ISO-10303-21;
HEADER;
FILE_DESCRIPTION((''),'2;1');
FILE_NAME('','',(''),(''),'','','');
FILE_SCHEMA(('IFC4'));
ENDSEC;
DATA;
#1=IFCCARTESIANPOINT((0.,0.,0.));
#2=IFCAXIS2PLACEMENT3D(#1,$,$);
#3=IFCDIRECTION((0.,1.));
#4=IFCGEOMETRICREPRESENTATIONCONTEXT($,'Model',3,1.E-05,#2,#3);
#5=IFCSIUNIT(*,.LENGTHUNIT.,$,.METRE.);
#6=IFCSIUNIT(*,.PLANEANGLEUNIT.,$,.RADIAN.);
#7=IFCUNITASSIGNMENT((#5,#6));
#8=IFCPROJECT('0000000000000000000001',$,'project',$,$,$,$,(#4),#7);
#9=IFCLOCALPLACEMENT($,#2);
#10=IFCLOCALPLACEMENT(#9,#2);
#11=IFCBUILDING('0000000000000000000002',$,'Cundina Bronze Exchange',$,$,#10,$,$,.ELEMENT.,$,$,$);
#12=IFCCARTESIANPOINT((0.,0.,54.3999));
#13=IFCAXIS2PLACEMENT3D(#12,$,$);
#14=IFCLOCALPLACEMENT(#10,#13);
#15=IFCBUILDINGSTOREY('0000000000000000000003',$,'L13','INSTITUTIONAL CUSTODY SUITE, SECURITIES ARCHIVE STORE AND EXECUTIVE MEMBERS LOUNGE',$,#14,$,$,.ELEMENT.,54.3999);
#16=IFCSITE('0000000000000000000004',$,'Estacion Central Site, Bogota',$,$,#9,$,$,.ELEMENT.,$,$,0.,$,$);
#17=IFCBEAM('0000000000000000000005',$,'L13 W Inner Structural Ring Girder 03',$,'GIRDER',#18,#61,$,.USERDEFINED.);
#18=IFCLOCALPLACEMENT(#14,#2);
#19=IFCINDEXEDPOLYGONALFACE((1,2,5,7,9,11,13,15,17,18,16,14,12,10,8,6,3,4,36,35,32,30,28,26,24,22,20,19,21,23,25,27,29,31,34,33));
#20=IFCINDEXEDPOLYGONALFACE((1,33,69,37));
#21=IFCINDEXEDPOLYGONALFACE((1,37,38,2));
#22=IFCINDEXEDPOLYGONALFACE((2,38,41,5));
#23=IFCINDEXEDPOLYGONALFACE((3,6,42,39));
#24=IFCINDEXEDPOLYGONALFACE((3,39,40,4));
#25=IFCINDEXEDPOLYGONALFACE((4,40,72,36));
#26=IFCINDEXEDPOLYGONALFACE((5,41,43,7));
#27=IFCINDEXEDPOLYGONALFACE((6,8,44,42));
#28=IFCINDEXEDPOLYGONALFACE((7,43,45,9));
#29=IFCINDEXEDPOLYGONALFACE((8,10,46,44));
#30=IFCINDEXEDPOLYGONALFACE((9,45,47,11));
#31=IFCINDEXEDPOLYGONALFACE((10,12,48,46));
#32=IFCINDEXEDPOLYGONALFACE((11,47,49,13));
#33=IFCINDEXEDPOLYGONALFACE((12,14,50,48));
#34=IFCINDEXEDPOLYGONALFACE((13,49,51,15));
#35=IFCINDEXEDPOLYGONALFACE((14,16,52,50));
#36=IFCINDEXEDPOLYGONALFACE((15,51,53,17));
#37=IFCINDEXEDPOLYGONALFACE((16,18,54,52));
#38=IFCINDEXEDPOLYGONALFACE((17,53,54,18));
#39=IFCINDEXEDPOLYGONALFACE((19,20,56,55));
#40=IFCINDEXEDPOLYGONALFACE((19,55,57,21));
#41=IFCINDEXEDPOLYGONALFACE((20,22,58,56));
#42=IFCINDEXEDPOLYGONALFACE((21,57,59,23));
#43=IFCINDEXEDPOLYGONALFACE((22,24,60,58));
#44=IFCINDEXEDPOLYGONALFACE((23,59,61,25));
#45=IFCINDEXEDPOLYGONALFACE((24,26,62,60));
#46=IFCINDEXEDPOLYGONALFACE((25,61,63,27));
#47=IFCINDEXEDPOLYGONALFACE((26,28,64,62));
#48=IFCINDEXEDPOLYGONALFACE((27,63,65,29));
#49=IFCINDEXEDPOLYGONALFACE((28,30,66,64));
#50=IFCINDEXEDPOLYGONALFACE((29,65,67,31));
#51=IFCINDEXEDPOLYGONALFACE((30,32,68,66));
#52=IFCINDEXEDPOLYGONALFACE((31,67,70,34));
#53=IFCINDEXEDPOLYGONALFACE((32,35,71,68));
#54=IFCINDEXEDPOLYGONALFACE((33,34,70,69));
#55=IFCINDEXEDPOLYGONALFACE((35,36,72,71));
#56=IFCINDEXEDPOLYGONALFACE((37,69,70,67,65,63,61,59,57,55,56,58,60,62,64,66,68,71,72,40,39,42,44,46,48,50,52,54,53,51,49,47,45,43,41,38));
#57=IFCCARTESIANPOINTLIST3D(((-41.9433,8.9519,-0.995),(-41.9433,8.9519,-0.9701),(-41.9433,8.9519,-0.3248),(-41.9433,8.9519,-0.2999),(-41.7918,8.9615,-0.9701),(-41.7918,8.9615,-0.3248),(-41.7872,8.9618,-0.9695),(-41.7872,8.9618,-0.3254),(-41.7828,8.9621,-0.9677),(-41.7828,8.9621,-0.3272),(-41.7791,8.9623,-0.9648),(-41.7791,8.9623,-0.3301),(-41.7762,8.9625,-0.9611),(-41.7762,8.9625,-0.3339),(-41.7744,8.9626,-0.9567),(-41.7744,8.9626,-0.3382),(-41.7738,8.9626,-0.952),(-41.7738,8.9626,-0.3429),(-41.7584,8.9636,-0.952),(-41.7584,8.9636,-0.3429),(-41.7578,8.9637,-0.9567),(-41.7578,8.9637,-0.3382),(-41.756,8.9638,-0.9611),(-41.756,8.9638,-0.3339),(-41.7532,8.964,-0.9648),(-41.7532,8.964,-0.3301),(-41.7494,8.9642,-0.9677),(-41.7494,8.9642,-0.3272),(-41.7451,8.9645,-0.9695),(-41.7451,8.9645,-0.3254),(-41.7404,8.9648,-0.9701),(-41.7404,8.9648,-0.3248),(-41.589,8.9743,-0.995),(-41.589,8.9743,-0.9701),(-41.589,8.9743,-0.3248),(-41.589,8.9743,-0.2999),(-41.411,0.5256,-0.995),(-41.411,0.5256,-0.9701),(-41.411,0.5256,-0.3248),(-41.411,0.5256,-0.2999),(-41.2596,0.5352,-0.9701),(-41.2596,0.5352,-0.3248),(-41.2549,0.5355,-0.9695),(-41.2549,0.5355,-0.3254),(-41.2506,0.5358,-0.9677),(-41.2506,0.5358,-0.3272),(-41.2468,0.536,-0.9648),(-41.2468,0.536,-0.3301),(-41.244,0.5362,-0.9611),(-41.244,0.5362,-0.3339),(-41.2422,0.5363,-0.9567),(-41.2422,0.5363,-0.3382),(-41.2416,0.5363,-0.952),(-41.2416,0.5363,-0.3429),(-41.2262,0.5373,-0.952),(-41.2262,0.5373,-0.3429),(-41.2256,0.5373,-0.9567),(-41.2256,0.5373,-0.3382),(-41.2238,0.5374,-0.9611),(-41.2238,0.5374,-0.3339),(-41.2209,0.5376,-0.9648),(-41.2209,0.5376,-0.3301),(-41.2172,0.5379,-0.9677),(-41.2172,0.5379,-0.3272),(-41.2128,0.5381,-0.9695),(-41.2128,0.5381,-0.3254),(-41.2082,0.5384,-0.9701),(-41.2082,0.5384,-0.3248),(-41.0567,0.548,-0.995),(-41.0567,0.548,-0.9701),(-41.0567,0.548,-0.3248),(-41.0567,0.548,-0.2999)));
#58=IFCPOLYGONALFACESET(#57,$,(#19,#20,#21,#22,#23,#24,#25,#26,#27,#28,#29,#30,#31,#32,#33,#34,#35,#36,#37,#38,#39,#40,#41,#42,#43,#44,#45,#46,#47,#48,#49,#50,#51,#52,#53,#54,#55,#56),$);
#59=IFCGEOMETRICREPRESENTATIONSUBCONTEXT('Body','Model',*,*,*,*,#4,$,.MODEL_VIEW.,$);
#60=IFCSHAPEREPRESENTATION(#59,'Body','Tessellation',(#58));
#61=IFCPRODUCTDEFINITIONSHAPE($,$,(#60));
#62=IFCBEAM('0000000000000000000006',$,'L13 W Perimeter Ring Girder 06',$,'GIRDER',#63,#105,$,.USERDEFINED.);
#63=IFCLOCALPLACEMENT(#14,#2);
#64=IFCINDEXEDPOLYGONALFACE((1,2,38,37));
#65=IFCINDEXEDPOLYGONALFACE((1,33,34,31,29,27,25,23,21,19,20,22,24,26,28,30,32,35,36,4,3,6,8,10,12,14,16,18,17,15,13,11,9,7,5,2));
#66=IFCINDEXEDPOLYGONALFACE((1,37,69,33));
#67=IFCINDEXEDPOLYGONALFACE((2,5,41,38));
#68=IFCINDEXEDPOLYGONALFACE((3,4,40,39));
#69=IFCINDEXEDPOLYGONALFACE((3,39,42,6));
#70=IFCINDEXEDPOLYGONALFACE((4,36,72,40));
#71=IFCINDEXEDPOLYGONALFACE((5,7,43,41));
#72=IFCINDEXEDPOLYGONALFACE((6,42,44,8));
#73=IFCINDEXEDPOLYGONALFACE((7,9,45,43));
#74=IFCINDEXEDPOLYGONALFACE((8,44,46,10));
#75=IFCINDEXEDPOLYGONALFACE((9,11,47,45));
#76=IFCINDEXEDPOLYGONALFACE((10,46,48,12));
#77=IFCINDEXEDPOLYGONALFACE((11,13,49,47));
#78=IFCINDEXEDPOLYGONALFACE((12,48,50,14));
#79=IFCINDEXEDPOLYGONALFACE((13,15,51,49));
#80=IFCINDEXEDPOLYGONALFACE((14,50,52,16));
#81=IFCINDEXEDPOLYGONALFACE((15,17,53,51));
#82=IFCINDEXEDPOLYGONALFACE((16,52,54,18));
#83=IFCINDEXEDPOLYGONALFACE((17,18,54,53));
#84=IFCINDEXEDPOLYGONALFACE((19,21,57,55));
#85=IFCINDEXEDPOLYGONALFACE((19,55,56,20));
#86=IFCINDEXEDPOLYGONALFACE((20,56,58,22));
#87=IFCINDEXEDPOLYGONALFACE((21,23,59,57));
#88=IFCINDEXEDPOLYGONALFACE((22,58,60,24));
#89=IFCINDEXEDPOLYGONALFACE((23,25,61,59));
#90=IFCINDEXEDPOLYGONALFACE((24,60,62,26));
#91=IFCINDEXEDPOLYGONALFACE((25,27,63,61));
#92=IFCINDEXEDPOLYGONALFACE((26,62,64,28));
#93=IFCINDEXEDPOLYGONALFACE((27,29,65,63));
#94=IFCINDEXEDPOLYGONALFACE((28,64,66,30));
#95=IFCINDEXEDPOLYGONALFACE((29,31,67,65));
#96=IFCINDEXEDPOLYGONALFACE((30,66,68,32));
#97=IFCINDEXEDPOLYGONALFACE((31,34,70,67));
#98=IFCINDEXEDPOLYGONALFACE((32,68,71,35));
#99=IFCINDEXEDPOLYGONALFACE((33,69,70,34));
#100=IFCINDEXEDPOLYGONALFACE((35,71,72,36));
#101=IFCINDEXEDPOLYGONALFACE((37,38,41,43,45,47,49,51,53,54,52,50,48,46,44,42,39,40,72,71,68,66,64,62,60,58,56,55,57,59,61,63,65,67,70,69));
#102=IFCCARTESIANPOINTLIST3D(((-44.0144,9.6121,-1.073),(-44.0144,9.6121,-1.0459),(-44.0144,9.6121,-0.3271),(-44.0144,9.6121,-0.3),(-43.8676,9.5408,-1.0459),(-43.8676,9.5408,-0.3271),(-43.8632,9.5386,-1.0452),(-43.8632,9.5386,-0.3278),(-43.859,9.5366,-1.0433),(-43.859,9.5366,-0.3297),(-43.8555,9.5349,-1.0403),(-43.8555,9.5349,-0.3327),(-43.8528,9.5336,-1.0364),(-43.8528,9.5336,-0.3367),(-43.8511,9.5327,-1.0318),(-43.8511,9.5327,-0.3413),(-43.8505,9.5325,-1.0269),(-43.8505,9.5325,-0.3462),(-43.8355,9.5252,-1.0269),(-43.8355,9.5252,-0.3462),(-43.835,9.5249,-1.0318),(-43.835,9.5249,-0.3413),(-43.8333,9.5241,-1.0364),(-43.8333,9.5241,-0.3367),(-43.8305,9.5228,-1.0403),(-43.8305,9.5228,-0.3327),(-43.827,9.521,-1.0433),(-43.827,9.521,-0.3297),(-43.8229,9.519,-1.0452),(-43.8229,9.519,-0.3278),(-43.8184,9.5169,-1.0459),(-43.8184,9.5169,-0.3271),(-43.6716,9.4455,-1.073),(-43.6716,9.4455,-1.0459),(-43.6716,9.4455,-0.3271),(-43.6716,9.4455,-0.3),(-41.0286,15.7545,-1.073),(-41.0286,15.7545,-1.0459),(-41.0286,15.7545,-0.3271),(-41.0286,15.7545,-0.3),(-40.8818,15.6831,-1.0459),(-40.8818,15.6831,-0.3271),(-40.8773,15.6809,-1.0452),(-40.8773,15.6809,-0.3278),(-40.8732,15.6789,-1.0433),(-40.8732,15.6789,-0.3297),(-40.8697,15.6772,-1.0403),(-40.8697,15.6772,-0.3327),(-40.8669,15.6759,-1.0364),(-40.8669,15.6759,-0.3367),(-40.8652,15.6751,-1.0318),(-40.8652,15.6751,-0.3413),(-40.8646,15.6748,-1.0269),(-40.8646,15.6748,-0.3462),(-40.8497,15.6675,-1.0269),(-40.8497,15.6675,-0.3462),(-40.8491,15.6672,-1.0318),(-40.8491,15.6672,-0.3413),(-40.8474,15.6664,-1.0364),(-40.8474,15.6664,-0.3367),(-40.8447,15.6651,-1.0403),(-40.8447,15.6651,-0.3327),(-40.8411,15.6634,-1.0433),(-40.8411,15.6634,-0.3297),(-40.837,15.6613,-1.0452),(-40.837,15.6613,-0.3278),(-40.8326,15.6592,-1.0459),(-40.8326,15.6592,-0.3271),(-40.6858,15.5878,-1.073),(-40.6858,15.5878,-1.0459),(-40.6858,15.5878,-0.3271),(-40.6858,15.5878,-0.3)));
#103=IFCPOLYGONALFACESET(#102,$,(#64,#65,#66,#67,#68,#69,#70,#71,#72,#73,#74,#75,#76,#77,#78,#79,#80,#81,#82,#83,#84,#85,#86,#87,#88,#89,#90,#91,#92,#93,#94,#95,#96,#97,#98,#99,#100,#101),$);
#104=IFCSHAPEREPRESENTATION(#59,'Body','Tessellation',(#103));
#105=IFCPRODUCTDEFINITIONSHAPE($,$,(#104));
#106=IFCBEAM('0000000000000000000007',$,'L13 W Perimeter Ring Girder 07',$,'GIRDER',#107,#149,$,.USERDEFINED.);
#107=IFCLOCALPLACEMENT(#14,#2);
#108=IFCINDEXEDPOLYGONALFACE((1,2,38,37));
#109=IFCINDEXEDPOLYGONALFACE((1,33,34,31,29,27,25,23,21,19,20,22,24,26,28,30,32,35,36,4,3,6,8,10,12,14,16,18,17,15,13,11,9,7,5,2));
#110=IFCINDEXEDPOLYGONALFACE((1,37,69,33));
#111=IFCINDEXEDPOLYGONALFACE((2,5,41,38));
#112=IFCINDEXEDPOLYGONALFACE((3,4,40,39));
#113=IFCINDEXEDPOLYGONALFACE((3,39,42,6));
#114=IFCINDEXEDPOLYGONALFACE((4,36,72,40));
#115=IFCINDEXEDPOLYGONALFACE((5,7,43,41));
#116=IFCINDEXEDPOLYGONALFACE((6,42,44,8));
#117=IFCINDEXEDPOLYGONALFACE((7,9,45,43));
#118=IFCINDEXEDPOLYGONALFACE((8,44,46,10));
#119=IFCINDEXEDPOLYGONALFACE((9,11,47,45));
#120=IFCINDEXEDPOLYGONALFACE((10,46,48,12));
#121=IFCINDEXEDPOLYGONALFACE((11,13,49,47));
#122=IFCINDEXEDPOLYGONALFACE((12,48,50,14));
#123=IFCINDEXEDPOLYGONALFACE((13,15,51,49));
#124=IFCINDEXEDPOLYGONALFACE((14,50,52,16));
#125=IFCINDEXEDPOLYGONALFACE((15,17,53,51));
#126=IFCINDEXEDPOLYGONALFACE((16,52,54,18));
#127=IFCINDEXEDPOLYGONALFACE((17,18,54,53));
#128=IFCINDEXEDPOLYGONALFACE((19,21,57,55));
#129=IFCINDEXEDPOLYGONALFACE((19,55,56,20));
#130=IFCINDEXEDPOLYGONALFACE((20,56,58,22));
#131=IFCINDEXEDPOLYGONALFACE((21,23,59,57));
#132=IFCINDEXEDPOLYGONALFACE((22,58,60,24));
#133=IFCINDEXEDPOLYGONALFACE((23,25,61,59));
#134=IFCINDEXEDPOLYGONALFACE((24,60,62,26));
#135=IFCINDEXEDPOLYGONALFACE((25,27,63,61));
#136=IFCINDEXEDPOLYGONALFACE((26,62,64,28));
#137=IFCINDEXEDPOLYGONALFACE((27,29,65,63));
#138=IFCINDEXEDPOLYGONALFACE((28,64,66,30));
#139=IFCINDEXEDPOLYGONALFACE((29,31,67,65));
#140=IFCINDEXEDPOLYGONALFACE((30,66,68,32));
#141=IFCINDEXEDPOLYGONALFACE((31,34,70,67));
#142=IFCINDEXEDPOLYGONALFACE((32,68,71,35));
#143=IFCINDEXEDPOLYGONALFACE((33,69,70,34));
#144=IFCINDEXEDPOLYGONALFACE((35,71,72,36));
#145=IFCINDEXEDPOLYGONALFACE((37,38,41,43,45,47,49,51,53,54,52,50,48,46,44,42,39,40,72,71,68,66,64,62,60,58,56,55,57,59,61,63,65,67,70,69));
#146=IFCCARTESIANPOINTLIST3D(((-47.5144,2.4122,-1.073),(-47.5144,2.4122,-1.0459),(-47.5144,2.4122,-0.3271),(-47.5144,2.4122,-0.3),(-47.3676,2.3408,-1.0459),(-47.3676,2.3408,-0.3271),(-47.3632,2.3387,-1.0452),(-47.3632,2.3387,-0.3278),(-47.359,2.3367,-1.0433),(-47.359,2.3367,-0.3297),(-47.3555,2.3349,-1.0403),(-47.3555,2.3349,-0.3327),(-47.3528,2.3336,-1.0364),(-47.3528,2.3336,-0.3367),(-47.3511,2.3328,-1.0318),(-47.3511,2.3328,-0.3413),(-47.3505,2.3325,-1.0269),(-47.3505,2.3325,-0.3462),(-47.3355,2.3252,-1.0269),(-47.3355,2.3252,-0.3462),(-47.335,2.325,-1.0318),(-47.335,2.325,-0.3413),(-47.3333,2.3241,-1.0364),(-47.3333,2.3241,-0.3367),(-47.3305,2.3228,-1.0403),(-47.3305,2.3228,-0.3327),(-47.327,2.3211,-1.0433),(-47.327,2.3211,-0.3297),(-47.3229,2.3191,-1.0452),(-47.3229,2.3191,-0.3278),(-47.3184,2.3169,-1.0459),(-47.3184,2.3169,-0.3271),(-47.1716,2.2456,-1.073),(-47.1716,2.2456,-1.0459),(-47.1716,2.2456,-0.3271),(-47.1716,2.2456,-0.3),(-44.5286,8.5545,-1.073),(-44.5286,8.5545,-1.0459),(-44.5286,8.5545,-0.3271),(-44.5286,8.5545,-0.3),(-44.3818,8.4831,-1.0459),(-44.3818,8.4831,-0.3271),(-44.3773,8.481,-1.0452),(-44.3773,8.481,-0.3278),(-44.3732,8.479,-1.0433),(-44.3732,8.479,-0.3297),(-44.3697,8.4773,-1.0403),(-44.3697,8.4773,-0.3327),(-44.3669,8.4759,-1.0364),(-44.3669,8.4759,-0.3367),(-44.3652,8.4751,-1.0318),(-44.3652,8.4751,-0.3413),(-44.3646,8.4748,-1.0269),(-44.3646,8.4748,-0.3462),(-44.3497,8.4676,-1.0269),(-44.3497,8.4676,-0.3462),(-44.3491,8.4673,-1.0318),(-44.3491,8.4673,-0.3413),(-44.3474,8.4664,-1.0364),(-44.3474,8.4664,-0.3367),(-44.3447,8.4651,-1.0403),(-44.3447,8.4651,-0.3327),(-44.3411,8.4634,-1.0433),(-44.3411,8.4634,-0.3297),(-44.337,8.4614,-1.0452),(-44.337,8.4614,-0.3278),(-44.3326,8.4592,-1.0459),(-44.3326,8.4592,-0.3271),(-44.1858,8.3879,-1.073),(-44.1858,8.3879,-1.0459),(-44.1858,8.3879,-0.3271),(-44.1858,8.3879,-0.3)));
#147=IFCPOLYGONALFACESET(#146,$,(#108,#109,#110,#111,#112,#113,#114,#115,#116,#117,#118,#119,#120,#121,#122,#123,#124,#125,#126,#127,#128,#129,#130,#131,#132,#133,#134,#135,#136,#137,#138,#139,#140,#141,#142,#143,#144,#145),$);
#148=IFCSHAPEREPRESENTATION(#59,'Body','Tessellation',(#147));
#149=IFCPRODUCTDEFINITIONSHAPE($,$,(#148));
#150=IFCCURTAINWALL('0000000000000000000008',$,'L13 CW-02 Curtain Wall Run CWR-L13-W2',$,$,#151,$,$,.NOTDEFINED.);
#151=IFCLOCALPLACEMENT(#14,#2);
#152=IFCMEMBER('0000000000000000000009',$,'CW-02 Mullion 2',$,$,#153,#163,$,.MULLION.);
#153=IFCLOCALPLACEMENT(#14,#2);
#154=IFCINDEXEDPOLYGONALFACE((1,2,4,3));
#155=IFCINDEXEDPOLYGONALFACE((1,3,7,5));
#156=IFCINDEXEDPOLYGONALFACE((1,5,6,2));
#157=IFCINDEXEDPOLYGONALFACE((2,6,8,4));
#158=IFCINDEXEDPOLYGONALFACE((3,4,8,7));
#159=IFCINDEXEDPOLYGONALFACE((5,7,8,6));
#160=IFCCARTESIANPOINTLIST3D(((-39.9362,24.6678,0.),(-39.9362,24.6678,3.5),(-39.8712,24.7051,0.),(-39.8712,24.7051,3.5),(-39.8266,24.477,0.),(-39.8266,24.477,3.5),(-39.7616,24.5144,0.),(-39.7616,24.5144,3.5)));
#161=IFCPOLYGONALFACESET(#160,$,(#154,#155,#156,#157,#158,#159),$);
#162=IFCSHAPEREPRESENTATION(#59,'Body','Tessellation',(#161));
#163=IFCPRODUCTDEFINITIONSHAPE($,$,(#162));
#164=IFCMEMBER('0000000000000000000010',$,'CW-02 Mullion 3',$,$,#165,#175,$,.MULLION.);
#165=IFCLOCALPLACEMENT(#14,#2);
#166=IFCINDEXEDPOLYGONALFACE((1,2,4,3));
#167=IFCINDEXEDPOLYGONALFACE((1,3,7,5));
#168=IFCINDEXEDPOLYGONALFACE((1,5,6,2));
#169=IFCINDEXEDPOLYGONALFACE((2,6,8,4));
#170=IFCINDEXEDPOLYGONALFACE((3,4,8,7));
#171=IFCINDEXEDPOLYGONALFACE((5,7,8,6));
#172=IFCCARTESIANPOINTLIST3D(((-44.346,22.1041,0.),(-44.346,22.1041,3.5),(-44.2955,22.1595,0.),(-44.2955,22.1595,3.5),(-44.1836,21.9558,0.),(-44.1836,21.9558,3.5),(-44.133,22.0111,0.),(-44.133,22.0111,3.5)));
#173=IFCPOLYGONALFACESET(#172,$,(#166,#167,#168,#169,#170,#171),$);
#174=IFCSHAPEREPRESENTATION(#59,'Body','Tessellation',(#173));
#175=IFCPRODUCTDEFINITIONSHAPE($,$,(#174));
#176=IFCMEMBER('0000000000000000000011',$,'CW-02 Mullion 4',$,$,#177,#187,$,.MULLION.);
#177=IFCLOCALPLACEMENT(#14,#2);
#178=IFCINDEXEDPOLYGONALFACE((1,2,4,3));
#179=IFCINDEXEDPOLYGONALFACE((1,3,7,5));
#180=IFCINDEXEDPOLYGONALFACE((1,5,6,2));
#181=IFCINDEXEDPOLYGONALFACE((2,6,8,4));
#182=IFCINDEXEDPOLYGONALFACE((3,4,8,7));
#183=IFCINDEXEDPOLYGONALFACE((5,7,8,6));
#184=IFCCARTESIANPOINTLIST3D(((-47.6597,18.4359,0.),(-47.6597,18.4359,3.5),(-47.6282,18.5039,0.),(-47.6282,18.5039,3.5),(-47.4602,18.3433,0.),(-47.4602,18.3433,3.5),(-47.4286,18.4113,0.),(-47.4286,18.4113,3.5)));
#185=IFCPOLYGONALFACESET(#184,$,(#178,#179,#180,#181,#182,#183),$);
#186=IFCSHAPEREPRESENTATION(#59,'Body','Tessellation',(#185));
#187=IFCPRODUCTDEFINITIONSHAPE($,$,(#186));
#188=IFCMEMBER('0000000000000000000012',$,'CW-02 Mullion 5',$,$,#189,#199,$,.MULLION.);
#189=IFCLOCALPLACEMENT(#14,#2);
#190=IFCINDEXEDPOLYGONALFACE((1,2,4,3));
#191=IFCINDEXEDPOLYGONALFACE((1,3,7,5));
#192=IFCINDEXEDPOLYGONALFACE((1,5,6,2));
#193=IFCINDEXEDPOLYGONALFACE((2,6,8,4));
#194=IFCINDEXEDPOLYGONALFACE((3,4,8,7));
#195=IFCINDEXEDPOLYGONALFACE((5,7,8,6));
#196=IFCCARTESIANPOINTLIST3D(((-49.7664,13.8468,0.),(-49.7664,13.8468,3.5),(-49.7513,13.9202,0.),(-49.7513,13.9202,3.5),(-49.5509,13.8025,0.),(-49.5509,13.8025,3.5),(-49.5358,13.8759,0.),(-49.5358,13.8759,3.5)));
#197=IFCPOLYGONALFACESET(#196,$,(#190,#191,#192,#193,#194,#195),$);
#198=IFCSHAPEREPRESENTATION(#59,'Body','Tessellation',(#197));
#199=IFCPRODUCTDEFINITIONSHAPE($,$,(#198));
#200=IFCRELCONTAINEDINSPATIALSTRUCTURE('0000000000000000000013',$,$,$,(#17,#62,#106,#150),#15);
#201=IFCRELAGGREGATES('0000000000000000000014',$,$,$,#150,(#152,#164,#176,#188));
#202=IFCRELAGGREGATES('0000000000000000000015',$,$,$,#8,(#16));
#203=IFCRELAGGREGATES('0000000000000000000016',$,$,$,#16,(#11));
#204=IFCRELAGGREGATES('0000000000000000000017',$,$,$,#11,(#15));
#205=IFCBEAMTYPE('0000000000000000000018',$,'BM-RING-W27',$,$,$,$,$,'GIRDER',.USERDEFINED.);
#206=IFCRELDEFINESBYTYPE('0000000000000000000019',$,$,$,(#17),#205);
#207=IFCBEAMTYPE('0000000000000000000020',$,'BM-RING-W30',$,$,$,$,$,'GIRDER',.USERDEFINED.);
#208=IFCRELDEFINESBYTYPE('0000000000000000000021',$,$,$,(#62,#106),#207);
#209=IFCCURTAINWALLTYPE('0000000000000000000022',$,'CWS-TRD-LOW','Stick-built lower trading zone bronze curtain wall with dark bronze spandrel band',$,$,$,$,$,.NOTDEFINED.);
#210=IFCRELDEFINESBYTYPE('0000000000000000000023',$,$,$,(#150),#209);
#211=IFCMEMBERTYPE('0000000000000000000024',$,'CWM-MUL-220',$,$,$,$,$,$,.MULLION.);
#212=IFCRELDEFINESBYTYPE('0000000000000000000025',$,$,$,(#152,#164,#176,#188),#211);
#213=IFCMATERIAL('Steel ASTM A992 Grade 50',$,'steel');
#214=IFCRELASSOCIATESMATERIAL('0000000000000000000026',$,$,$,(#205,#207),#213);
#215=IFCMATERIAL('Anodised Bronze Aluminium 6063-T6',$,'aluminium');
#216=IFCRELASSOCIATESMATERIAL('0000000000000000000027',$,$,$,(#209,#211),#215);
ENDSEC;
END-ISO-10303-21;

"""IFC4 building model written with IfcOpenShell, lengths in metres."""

from ifc_helpers import new_model, si_unit, direction, frame, origin, origin_2d, place, context, subcontext, project, spatial, rectangle, i_section, extrude, material, material_profile, profile_set, type_object, element, aggregate, save


model = new_model("IFC4")

# Units and contexts
model_context = context("Model", 3, precision=1e-05, world=origin(), true_north=direction((0.0, 1.0)))
body_context = subcontext(model_context, "Body", "Model", "MODEL_VIEW")
ifc_project = project(units=[si_unit("LENGTHUNIT", "METRE"), si_unit("PLANEANGLEUNIT", "RADIAN")], contexts=[model_context])

# Site, building, storey
site_placement = place(None, origin())
site = spatial("IfcSite", under=ifc_project, at=site_placement, Name="Estacion Central Site, Bogota", CompositionType="ELEMENT", RefElevation=0.0)
building_placement = place(site_placement, origin())
building = spatial("IfcBuilding", under=site, at=building_placement, Name="Cundina Bronze Exchange", CompositionType="ELEMENT")
storey_placement = place(building_placement, frame((0.0, 0.0, 54.3999)))
storey = spatial("IfcBuildingStorey", under=building, at=storey_placement, Name="L13", Description="INSTITUTIONAL CUSTODY SUITE, SECURITIES ARCHIVE STORE AND EXECUTIVE MEMBERS LOUNGE", CompositionType="ELEMENT", Elevation=54.3999)

# Beams
ifc_material_1 = material(Name="Steel ASTM A992 Grade 50", Category="steel")
ifc_material_profile_1 = material_profile(ifc_material_1, i_section(OverallWidth=0.355, OverallDepth=0.6951, WebThickness=0.0154, FlangeThickness=0.0249, FilletRadius=0.0181, at=origin_2d()), Name="W27X146", Category="steel")
ifc_profile_set_1 = profile_set([ifc_material_profile_1], Name="Steel ASTM A992 Grade 50")
beam_type_1 = type_object("IfcBeamType", Name="BM-RING-W27", ElementType="GIRDER", PredefinedType="USERDEFINED", material=ifc_profile_set_1)
beam_1_placement = place(storey_placement, frame((-41.7661, 8.9631, -0.6475), z_axis=(0.063037, -0.998011, 0.0), x_axis=(0.998011, 0.063037, 0.0)))
element("IfcBeam", 1, at=beam_1_placement, inside=storey, type_object=beam_type_1, Name="L13 W Inner Structural Ring Girder 03", ObjectType="GIRDER", PredefinedType="USERDEFINED", context=body_context, shape_type="SweptSolid", body=[
    extrude(i_section(OverallWidth=0.355, OverallDepth=0.6951, WebThickness=0.0154, FlangeThickness=0.0249, FilletRadius=0.0181, at=origin_2d()), origin(), (0.0, 0.0, 1.0), 8.4431),
])
ifc_material_profile_2 = material_profile(ifc_material_1, i_section(OverallWidth=0.3811, OverallDepth=0.7729, WebThickness=0.0166, FlangeThickness=0.0271, FilletRadius=0.019, at=origin_2d()), Name="W30X173", Category="steel")
ifc_profile_set_2 = profile_set([ifc_material_profile_2], Name="Steel ASTM A992 Grade 50")
beam_type_2 = type_object("IfcBeamType", Name="BM-RING-W30", ElementType="GIRDER", PredefinedType="USERDEFINED", material=ifc_profile_set_2)
for number, where, z_axis, x_axis, name in (
    (2, (-40.8572, 15.6711, -0.6865), (-0.437191, -0.899369, 0.0), (0.899369, -0.437191, 0.0), "L13 W Perimeter Ring Girder 06"),
    (3, (-44.3572, 8.4712, -0.6865), (-0.437191, -0.899369, 0.0), (0.899369, -0.437191, 0.0), "L13 W Perimeter Ring Girder 07"),
):
    element("IfcBeam", number, at=place(storey_placement, frame(where, z_axis=z_axis, x_axis=x_axis)), inside=storey, type_object=beam_type_2, Name=name, ObjectType="GIRDER", PredefinedType="USERDEFINED", context=body_context, shape_type="SweptSolid", body=[
        extrude(i_section(OverallWidth=0.3811, OverallDepth=0.7729, WebThickness=0.0166, FlangeThickness=0.0271, FilletRadius=0.019, at=origin_2d()), origin(), (0.0, 0.0, 1.0), 6.8296),
    ])

# Curtain wall, members
ifc_material_2 = material(Name="Anodised Bronze Aluminium 6063-T6", Category="aluminium")
curtain_wall_type = type_object("IfcCurtainWallType", Name="CWS-TRD-LOW", Description="Stick-built lower trading zone bronze curtain wall with dark bronze spandrel band", PredefinedType="NOTDEFINED", material=ifc_material_2)
curtain_wall_placement = place(storey_placement, origin())
curtain_wall = element("IfcCurtainWall", 4, at=curtain_wall_placement, inside=storey, type_object=curtain_wall_type, Name="L13 CW-02 Curtain Wall Run CWR-L13-W2", PredefinedType="NOTDEFINED")
ifc_material_profile_3 = material_profile(ifc_material_2, rectangle(XDim=0.075, YDim=0.22, at=origin_2d()), Name="AL75X220", Category="aluminium")
ifc_profile_set_3 = profile_set([ifc_material_profile_3], Name="Anodised Bronze Aluminium 6063-T6")
member_type_1 = type_object("IfcMemberType", Name="CWM-MUL-220", PredefinedType="MULLION", material=ifc_profile_set_3)
member_1_placement = place(storey_placement, frame((-39.8489, 24.5911, 0.0), z_axis=(0.0, 0.0, 1.0), x_axis=(-0.867071, -0.498185, 0.0)))
member_1 = element("IfcMember", 5, at=member_1_placement, type_object=member_type_1, Name="CW-02 Mullion 2", PredefinedType="MULLION", context=body_context, shape_type="SweptSolid", body=[
    extrude(rectangle(XDim=0.075, YDim=0.22, at=origin_2d()), origin(), (0.0, 0.0, 1.0), 3.5),
])
member_2_placement = place(storey_placement, frame((-44.2395, 22.0576, 0.0), z_axis=(0.0, 0.0, 1.0), x_axis=(-0.674302, -0.738455, 0.0)))
member_2 = element("IfcMember", 6, at=member_2_placement, type_object=member_type_1, Name="CW-02 Mullion 3", PredefinedType="MULLION", context=body_context, shape_type="SweptSolid", body=[
    extrude(rectangle(XDim=0.075, YDim=0.22, at=origin_2d()), origin(), (0.0, 0.0, 1.0), 3.5),
])
member_3_placement = place(storey_placement, frame((-47.5442, 18.4236, 0.0), z_axis=(0.0, 0.0, 1.0), x_axis=(-0.420877, -0.907117, 0.0)))
member_3 = element("IfcMember", 7, at=member_3_placement, type_object=member_type_1, Name="CW-02 Mullion 4", PredefinedType="MULLION", context=body_context, shape_type="SweptSolid", body=[
    extrude(rectangle(XDim=0.075, YDim=0.22, at=origin_2d()), origin(), (0.0, 0.0, 1.0), 3.5),
])
member_4_placement = place(storey_placement, frame((-49.6511, 13.8613, 0.0), z_axis=(0.0, 0.0, 1.0), x_axis=(-0.20142, -0.979505, 0.0)))
member_4 = element("IfcMember", 8, at=member_4_placement, type_object=member_type_1, Name="CW-02 Mullion 5", PredefinedType="MULLION", context=body_context, shape_type="SweptSolid", body=[
    extrude(rectangle(XDim=0.075, YDim=0.22, at=origin_2d()), origin(), (0.0, 0.0, 1.0), 3.5),
])
aggregate(curtain_wall, [member_1, member_2, member_3, member_4])

save(model, "model.ifc")
